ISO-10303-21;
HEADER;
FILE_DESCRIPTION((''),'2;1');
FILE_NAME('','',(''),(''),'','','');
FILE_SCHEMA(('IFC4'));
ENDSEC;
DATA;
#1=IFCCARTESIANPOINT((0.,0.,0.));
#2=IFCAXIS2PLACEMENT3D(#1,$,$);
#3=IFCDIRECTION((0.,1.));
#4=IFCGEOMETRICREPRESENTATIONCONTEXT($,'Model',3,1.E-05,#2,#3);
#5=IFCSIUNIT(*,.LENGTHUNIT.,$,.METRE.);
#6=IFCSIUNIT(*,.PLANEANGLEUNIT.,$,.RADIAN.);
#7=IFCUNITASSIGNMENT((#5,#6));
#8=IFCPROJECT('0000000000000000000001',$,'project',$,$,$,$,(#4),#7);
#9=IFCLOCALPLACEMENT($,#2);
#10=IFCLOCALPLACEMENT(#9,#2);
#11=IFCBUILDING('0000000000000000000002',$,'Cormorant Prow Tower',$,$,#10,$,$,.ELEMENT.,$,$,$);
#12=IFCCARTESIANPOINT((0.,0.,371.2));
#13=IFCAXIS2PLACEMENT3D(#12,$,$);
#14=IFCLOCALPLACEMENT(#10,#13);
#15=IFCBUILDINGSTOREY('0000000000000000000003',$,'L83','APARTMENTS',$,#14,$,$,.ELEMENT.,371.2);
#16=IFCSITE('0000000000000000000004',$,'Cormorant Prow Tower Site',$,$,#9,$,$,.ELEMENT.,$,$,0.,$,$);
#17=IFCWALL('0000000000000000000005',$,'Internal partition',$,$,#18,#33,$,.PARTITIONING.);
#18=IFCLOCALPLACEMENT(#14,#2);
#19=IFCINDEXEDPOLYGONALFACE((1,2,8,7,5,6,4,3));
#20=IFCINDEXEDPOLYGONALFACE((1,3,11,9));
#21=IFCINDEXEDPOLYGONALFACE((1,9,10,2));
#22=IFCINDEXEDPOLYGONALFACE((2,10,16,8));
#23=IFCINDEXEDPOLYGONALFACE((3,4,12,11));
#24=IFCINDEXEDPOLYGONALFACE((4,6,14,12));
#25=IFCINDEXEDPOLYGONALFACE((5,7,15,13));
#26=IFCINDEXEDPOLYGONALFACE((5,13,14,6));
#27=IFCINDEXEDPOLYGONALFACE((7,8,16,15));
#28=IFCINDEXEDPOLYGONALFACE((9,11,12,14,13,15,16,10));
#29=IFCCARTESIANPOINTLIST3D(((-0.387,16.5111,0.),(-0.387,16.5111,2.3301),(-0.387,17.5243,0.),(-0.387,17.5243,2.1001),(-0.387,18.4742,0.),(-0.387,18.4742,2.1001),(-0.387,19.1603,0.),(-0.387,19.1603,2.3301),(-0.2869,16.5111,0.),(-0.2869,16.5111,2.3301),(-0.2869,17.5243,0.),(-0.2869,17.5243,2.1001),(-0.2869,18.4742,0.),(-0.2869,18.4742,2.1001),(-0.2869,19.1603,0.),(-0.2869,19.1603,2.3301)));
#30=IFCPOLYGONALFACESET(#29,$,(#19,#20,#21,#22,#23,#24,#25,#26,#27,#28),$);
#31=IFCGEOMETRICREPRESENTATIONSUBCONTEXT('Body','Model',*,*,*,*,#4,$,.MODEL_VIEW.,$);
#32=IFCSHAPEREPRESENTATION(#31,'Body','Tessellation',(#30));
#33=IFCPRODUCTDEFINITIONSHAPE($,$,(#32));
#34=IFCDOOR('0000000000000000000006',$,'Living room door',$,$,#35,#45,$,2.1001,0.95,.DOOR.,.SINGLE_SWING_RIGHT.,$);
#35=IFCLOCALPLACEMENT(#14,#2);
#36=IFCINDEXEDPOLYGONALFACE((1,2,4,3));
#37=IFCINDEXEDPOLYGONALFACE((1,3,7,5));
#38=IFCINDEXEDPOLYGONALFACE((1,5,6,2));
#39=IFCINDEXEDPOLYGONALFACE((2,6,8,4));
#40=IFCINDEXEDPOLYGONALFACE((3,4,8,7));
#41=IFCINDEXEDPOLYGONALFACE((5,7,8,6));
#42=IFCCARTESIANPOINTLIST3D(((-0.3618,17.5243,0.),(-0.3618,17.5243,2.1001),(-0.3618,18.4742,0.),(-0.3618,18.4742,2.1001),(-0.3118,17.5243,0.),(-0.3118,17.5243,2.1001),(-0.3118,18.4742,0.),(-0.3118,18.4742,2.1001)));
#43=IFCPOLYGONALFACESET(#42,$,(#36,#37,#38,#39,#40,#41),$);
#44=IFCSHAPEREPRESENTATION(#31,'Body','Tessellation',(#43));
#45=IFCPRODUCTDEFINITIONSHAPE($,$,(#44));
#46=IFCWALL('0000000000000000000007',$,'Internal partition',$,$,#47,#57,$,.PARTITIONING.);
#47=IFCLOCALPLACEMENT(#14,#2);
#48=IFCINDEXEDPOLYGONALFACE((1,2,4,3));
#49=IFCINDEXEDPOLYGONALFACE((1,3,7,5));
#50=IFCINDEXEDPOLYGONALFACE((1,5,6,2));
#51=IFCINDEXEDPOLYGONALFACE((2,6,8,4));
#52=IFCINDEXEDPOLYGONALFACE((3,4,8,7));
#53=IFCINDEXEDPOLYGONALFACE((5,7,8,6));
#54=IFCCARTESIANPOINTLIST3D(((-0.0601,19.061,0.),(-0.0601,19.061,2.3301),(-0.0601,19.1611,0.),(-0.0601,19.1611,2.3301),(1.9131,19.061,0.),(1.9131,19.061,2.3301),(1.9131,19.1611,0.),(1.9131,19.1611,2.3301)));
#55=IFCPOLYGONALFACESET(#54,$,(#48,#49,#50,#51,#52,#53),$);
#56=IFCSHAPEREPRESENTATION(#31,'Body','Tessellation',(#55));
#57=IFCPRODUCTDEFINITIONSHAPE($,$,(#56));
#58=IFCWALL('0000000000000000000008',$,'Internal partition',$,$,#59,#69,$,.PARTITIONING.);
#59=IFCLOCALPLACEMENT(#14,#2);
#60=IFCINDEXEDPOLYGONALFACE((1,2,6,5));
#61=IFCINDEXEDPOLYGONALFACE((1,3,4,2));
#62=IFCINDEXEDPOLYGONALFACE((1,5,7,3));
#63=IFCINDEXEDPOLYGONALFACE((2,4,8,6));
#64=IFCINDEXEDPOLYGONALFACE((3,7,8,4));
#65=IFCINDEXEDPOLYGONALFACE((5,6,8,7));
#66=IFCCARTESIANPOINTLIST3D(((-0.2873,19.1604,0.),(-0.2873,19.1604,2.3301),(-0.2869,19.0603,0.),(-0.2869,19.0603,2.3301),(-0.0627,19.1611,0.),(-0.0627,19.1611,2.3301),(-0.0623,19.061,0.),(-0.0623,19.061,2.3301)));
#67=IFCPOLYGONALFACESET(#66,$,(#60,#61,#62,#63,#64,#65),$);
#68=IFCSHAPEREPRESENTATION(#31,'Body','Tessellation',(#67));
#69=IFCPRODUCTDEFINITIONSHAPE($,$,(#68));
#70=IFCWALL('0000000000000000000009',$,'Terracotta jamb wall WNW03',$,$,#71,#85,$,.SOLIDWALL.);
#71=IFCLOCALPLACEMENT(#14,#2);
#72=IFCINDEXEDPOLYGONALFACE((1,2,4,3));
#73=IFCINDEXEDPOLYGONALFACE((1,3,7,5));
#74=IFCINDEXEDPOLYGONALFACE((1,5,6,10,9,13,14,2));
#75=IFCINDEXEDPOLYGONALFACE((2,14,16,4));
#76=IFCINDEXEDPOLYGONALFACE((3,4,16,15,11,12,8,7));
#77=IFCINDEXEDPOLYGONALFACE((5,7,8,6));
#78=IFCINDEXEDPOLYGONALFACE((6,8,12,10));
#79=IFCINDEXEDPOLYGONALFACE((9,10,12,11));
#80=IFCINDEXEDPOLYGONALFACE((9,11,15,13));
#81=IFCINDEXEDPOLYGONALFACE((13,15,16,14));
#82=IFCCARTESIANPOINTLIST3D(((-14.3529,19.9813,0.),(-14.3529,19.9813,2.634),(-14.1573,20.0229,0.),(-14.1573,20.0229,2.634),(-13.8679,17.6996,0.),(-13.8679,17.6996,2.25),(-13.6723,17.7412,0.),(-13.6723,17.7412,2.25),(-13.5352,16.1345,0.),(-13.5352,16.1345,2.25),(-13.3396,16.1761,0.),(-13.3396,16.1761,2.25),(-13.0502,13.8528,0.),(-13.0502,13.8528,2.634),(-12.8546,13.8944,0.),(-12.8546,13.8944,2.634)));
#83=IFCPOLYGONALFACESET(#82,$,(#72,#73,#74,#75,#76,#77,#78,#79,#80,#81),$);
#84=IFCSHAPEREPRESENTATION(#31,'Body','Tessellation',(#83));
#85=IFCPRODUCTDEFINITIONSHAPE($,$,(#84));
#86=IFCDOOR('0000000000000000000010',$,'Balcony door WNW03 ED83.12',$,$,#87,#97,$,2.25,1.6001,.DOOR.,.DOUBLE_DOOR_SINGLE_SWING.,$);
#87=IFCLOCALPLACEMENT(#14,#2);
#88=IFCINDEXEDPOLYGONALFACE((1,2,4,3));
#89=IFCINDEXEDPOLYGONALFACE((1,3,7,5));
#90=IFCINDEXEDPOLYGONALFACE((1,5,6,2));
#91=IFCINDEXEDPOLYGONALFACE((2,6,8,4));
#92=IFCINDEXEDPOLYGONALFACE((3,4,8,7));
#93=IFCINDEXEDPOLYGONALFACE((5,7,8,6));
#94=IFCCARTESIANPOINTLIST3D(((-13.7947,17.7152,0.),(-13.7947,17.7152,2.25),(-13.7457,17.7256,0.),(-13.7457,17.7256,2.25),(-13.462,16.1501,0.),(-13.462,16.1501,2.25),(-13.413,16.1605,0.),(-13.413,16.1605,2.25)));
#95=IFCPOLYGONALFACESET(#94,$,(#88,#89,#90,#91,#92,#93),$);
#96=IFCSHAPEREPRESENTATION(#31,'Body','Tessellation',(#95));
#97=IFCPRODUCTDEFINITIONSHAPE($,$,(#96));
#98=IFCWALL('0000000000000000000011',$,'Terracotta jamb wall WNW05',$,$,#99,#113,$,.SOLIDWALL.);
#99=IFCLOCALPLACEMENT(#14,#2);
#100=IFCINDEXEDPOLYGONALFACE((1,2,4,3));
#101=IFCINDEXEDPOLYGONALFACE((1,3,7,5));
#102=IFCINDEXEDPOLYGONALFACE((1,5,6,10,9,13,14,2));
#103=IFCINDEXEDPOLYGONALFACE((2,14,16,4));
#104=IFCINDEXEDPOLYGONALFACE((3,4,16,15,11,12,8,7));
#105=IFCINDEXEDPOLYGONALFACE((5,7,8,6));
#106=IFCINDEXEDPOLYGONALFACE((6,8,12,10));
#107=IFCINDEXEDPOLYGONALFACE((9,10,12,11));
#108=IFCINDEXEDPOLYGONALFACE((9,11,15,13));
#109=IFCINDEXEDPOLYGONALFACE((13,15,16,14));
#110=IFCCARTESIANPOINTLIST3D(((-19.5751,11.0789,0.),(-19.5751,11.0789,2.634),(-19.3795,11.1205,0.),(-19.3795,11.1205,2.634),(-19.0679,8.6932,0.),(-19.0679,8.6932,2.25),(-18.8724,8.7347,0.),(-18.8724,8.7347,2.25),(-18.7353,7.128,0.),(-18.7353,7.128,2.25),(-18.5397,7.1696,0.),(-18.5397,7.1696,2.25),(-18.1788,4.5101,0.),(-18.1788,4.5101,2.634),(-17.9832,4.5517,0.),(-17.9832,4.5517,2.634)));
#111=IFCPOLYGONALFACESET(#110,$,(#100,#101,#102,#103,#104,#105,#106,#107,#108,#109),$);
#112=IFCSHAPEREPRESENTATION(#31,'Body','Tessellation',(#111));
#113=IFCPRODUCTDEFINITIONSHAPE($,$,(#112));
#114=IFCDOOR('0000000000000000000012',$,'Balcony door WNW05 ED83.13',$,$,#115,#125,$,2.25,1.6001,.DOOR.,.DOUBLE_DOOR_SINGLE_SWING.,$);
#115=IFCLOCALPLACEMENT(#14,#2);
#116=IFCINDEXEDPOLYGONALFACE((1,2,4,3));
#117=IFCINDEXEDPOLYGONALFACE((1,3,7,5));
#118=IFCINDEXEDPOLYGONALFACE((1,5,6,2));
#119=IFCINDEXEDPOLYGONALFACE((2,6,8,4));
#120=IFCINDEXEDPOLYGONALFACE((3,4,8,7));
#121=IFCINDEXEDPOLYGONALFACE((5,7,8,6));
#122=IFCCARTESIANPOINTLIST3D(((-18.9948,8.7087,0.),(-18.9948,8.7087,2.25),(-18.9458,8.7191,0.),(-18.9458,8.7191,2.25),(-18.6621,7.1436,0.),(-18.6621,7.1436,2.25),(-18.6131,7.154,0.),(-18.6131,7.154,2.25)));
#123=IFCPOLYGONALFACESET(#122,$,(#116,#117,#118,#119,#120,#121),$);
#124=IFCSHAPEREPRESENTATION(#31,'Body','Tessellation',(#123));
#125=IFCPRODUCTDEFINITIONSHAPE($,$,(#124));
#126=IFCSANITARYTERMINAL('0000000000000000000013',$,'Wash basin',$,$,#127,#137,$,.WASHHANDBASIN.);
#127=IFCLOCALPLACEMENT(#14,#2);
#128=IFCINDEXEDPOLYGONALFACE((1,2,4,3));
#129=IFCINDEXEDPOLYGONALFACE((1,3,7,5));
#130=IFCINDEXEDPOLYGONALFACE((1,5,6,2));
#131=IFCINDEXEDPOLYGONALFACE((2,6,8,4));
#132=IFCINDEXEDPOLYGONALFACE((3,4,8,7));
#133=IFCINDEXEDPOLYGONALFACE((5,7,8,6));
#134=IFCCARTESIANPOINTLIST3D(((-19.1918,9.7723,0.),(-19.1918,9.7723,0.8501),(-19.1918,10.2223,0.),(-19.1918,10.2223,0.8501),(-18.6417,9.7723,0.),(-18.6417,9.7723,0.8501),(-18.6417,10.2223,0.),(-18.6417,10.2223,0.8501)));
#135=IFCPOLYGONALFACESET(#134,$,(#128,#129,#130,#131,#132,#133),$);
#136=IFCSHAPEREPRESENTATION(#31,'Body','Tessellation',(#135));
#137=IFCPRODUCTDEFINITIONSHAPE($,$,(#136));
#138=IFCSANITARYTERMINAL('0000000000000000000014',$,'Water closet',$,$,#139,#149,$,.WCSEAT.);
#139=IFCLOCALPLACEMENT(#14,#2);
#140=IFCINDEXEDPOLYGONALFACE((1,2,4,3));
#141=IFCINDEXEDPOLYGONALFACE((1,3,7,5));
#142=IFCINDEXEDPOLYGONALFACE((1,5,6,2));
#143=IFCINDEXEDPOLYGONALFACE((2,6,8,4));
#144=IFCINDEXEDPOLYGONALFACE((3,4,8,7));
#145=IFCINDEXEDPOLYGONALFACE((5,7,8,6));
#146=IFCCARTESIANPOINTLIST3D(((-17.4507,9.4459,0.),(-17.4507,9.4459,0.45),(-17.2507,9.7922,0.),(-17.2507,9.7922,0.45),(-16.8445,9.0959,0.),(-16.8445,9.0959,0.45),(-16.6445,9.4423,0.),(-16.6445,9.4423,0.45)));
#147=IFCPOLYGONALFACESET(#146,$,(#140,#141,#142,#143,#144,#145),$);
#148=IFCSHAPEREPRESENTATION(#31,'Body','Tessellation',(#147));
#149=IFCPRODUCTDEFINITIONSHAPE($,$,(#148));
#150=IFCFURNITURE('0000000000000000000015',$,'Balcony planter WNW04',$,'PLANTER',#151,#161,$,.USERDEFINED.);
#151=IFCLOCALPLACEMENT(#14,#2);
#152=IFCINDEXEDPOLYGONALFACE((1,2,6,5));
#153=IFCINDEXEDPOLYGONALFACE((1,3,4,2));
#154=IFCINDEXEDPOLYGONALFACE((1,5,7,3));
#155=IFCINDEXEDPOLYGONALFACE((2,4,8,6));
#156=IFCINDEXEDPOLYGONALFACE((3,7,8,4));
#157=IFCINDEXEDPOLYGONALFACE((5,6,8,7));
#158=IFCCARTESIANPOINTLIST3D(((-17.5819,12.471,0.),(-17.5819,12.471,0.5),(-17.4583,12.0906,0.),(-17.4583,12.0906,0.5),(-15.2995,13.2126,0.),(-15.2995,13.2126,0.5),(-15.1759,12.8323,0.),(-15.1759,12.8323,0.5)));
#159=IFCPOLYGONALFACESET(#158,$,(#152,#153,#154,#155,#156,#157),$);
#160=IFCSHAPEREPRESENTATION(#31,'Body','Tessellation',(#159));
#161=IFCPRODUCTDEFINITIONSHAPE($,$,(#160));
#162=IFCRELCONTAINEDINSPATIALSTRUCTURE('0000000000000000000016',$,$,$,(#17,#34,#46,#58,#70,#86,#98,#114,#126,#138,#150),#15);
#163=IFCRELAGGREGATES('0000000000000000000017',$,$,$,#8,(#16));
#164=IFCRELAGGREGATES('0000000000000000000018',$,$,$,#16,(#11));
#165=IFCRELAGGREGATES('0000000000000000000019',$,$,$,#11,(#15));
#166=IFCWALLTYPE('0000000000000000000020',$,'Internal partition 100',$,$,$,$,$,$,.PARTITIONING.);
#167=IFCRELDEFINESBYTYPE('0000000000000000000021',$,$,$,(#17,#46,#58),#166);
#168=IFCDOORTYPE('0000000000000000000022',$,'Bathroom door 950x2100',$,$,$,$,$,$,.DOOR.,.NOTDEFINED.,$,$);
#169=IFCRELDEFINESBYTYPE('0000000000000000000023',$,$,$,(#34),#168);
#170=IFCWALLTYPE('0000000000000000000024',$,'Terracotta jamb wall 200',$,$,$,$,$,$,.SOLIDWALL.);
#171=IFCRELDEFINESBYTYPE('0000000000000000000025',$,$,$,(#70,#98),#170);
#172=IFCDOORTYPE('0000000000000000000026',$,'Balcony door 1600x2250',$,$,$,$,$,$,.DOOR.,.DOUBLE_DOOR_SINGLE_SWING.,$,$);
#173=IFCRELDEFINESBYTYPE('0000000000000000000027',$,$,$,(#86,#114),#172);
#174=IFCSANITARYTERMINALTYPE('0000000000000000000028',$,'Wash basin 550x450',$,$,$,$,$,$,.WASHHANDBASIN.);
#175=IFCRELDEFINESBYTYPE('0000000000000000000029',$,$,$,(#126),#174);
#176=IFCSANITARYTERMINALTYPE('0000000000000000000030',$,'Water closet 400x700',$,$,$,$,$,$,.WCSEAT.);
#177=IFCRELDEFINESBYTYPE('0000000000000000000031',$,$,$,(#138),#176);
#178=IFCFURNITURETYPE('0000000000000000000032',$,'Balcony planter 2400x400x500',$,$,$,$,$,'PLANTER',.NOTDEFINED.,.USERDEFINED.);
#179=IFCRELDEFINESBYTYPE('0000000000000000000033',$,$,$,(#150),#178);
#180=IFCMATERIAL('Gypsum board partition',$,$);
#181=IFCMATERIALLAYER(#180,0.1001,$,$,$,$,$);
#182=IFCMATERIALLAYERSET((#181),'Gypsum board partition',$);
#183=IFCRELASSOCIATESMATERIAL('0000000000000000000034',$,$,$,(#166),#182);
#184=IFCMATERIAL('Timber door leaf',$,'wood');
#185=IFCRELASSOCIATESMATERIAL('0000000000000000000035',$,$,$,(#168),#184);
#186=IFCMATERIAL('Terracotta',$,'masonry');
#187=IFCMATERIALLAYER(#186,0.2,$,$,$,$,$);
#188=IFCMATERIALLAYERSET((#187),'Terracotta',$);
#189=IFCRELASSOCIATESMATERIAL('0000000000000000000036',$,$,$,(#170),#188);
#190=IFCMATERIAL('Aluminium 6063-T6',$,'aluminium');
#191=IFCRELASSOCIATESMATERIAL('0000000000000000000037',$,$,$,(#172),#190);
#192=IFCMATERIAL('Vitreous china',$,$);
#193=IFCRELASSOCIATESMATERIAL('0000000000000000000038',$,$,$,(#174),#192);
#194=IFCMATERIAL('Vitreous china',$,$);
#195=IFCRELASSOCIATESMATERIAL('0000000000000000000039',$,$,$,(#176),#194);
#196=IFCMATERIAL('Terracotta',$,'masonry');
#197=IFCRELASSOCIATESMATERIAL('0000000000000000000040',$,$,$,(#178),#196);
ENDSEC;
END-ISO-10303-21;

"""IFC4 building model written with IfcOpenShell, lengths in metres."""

from ifc_helpers import new_model, si_unit, direction, frame, frame_2d, origin, origin_2d, place, context, subcontext, project, spatial, rectangle, extrude, material, layer, layer_set, type_object, element, fill, save


model = new_model("IFC4")

# Units and contexts
model_context = context("Model", 3, precision=1e-05, world=origin(), true_north=direction((0.0, 1.0)))
body_context = subcontext(model_context, "Body", "Model", "MODEL_VIEW")
ifc_project = project(units=[si_unit("LENGTHUNIT", "METRE"), si_unit("PLANEANGLEUNIT", "RADIAN")], contexts=[model_context])

# Site, building, storey
site_placement = place(None, origin())
site = spatial("IfcSite", under=ifc_project, at=site_placement, Name="Cormorant Prow Tower Site", CompositionType="ELEMENT", RefElevation=0.0)
building_placement = place(site_placement, origin())
building = spatial("IfcBuilding", under=site, at=building_placement, Name="Cormorant Prow Tower", CompositionType="ELEMENT")
storey_placement = place(building_placement, frame((0.0, 0.0, 371.2)))
storey = spatial("IfcBuildingStorey", under=building, at=storey_placement, Name="L83", Description="APARTMENTS", CompositionType="ELEMENT", Elevation=371.2)

# Wall, opening, door
ifc_material_1 = material(Name="Gypsum board partition")
ifc_layer_1 = layer(ifc_material_1, 0.1001)
ifc_layer_set_1 = layer_set([ifc_layer_1], Name="Gypsum board partition")
wall_type_1 = type_object("IfcWallType", Name="Internal partition 100", PredefinedType="PARTITIONING", material=ifc_layer_set_1)
wall_1_placement = place(storey_placement, frame((-0.3369, 16.511, 0.0), z_axis=(0.0, 0.0, 1.0), x_axis=(0.0, 1.0, 0.0)))
wall_1 = element("IfcWall", 1, at=wall_1_placement, inside=storey, type_object=wall_type_1, Name="Internal partition", PredefinedType="PARTITIONING", context=body_context, shape_type="SweptSolid", body=[
    extrude(rectangle(XDim=2.6492, YDim=0.1001, at=frame_2d((1.3247, 0.0))), origin(), (0.0, 0.0, 1.0), 2.3301),
])
opening_1_placement = place(wall_1_placement, frame((1.0132, 0.0, 0.0)))
opening_1 = element("IfcOpeningElement", 2, at=opening_1_placement, cuts=wall_1, PredefinedType="OPENING", context=body_context, shape_type="SweptSolid", body=[
    extrude(rectangle(XDim=0.95, YDim=2.1001, at=frame_2d((0.4751, 1.05))), frame((0.0, 0.0601, 0.0), z_axis=(0.0, -1.0, 0.0), x_axis=(1.0, 0.0, 0.0)), (0.0, 0.0, 1.0), 0.1201),
])
ifc_material_2 = material(Name="Timber door leaf", Category="wood")
door_type_1 = type_object("IfcDoorType", Name="Bathroom door 950x2100", OperationType="NOTDEFINED", PredefinedType="DOOR", material=ifc_material_2)
door_1_placement = place(opening_1_placement, origin())
door_1 = element("IfcDoor", 3, at=door_1_placement, inside=storey, type_object=door_type_1, Name="Living room door", OperationType="SINGLE_SWING_RIGHT", OverallHeight=2.1001, OverallWidth=0.95, PredefinedType="DOOR", context=body_context, shape_type="SweptSolid", body=[
    extrude(rectangle(XDim=0.95, YDim=2.1001, at=frame_2d((0.4751, 1.05))), frame((0.0, 0.0249, 0.0), z_axis=(0.0, -1.0, 0.0), x_axis=(1.0, 0.0, 0.0)), (0.0, 0.0, 1.0), 0.05),
])
fill(opening_1, door_1)

# Walls
wall_2_placement = place(storey_placement, frame((-0.0601, 19.1111, 0.0), z_axis=(0.0, 0.0, 1.0), x_axis=(1.0, 0.0, 0.0)))
element("IfcWall", 4, at=wall_2_placement, inside=storey, type_object=wall_type_1, Name="Internal partition", PredefinedType="PARTITIONING", context=body_context, shape_type="SweptSolid", body=[
    extrude(rectangle(XDim=1.9731, YDim=0.1001, at=frame_2d((0.9866, 0.0))), origin(), (0.0, 0.0, 1.0), 2.3301),
])
wall_3_placement = place(storey_placement, frame((-0.2871, 19.1104, 0.0), z_axis=(0.0, 0.0, 1.0), x_axis=(0.999995, 0.003261, 0.0)))
element("IfcWall", 5, at=wall_3_placement, inside=storey, type_object=wall_type_1, Name="Internal partition", PredefinedType="PARTITIONING", context=body_context, shape_type="SweptSolid", body=[
    extrude(rectangle(XDim=0.2246, YDim=0.1001, at=frame_2d((0.1123, 0.0))), origin(), (0.0, 0.0, 1.0), 2.3301),
])

# Walls, openings, doors
ifc_material_3 = material(Name="Terracotta", Category="masonry")
ifc_layer_2 = layer(ifc_material_3, 0.2)
ifc_layer_set_2 = layer_set([ifc_layer_2], Name="Terracotta")
wall_type_2 = type_object("IfcWallType", Name="Terracotta jamb wall 200", PredefinedType="SOLIDWALL", material=ifc_layer_set_2)
wall_4_placement = place(storey_placement, frame((-14.2551, 20.0022, 0.0), z_axis=(0.0, 0.0, 1.0), x_axis=(0.207927, -0.978144, 0.0)))
wall_4 = element("IfcWall", 6, at=wall_4_placement, inside=storey, type_object=wall_type_2, Name="Terracotta jamb wall WNW03", PredefinedType="SOLIDWALL", context=body_context, shape_type="SweptSolid", body=[
    extrude(rectangle(XDim=6.2654, YDim=0.2, at=frame_2d((3.1328, 0.0))), origin(), (0.0, 0.0, 1.0), 2.634),
])
opening_2_placement = place(wall_4_placement, frame((2.3328, 0.0, 0.0)))
opening_2 = element("IfcOpeningElement", 7, at=opening_2_placement, cuts=wall_4, PredefinedType="OPENING", context=body_context, shape_type="SweptSolid", body=[
    extrude(rectangle(XDim=1.6001, YDim=2.25, at=frame_2d((0.8, 1.125))), frame((0.0, 0.1099, 0.0), z_axis=(0.0, -1.0, 0.0), x_axis=(1.0, 0.0, 0.0)), (0.0, 0.0, 1.0), 0.22),
])
ifc_material_4 = material(Name="Aluminium 6063-T6", Category="aluminium")
door_type_2 = type_object("IfcDoorType", Name="Balcony door 1600x2250", OperationType="DOUBLE_DOOR_SINGLE_SWING", PredefinedType="DOOR", material=ifc_material_4)
door_2_placement = place(opening_2_placement, origin())
door_2 = element("IfcDoor", 8, at=door_2_placement, inside=storey, type_object=door_type_2, Name="Balcony door WNW03 ED83.12", OperationType="DOUBLE_DOOR_SINGLE_SWING", OverallHeight=2.25, OverallWidth=1.6001, PredefinedType="DOOR", context=body_context, shape_type="SweptSolid", body=[
    extrude(rectangle(XDim=1.6001, YDim=2.25, at=frame_2d((0.8, 1.125))), frame((0.0, 0.0249, 0.0), z_axis=(0.0, -1.0, 0.0), x_axis=(1.0, 0.0, 0.0)), (0.0, 0.0, 1.0), 0.05),
])
fill(opening_2, door_2)
wall_5_placement = place(storey_placement, frame((-19.4773, 11.0999, 0.0), z_axis=(0.0, 0.0, 1.0), x_axis=(0.20791, -0.978148, 0.0)))
wall_5 = element("IfcWall", 9, at=wall_5_placement, inside=storey, type_object=wall_type_2, Name="Terracotta jamb wall WNW05", PredefinedType="SOLIDWALL", context=body_context, shape_type="SweptSolid", body=[
    extrude(rectangle(XDim=6.7156, YDim=0.2, at=frame_2d((3.3579, 0.0))), origin(), (0.0, 0.0, 1.0), 2.634),
])
opening_3_placement = place(wall_5_placement, frame((2.4392, 0.0, 0.0)))
opening_3 = element("IfcOpeningElement", 10, at=opening_3_placement, cuts=wall_5, PredefinedType="OPENING", context=body_context, shape_type="SweptSolid", body=[
    extrude(rectangle(XDim=1.6001, YDim=2.25, at=frame_2d((0.8, 1.125))), frame((0.0, 0.1099, 0.0), z_axis=(0.0, -1.0, 0.0), x_axis=(1.0, 0.0, 0.0)), (0.0, 0.0, 1.0), 0.22),
])
door_3_placement = place(opening_3_placement, origin())
door_3 = element("IfcDoor", 11, at=door_3_placement, inside=storey, type_object=door_type_2, Name="Balcony door WNW05 ED83.13", OperationType="DOUBLE_DOOR_SINGLE_SWING", OverallHeight=2.25, OverallWidth=1.6001, PredefinedType="DOOR", context=body_context, shape_type="SweptSolid", body=[
    extrude(rectangle(XDim=1.6001, YDim=2.25, at=frame_2d((0.8, 1.125))), frame((0.0, 0.0249, 0.0), z_axis=(0.0, -1.0, 0.0), x_axis=(1.0, 0.0, 0.0)), (0.0, 0.0, 1.0), 0.05),
])
fill(opening_3, door_3)

# Sanitary terminals
ifc_material_5 = material(Name="Vitreous china")
sanitary_terminal_type_1 = type_object("IfcSanitaryTerminalType", Name="Wash basin 550x450", PredefinedType="WASHHANDBASIN", material=ifc_material_5)
sanitary_terminal_1_placement = place(storey_placement, frame((-18.9167, 9.9973, 0.0), z_axis=(0.0, 0.0, 1.0), x_axis=(1.0, 0.0, 0.0)))
element("IfcSanitaryTerminal", 12, at=sanitary_terminal_1_placement, inside=storey, type_object=sanitary_terminal_type_1, Name="Wash basin", PredefinedType="WASHHANDBASIN", context=body_context, shape_type="SweptSolid", body=[
    extrude(rectangle(XDim=0.55, YDim=0.45, at=origin_2d()), origin(), (0.0, 0.0, 1.0), 0.8501),
])
ifc_material_6 = material(Name="Vitreous china")
sanitary_terminal_type_2 = type_object("IfcSanitaryTerminalType", Name="Water closet 400x700", PredefinedType="WCSEAT", material=ifc_material_6)
sanitary_terminal_2_placement = place(storey_placement, frame((-17.0476, 9.4441, 0.0), z_axis=(0.0, 0.0, 1.0), x_axis=(-0.5, -0.866025, 0.0)))
element("IfcSanitaryTerminal", 13, at=sanitary_terminal_2_placement, inside=storey, type_object=sanitary_terminal_type_2, Name="Water closet", PredefinedType="WCSEAT", context=body_context, shape_type="SweptSolid", body=[
    extrude(rectangle(XDim=0.3999, YDim=0.7, at=origin_2d()), origin(), (0.0, 0.0, 1.0), 0.45),
])

# Furniture
ifc_material_7 = material(Name="Terracotta", Category="masonry")
furniture_type = type_object("IfcFurnitureType", Name="Balcony planter 2400x400x500", ElementType="PLANTER", AssemblyPlace="NOTDEFINED", PredefinedType="USERDEFINED", material=ifc_material_7)
furniture_placement = place(storey_placement, frame((-16.3789, 12.6516, 0.0), z_axis=(0.0, 0.0, 1.0), x_axis=(-0.951057, -0.309017, 0.0)))
element("IfcFurniture", 14, at=furniture_placement, inside=storey, type_object=furniture_type, Name="Balcony planter WNW04", ObjectType="PLANTER", PredefinedType="USERDEFINED", context=body_context, shape_type="SweptSolid", body=[
    extrude(rectangle(XDim=2.3999, YDim=0.3999, at=origin_2d()), origin(), (0.0, 0.0, 1.0), 0.5),
])

save(model, "model.ifc")
